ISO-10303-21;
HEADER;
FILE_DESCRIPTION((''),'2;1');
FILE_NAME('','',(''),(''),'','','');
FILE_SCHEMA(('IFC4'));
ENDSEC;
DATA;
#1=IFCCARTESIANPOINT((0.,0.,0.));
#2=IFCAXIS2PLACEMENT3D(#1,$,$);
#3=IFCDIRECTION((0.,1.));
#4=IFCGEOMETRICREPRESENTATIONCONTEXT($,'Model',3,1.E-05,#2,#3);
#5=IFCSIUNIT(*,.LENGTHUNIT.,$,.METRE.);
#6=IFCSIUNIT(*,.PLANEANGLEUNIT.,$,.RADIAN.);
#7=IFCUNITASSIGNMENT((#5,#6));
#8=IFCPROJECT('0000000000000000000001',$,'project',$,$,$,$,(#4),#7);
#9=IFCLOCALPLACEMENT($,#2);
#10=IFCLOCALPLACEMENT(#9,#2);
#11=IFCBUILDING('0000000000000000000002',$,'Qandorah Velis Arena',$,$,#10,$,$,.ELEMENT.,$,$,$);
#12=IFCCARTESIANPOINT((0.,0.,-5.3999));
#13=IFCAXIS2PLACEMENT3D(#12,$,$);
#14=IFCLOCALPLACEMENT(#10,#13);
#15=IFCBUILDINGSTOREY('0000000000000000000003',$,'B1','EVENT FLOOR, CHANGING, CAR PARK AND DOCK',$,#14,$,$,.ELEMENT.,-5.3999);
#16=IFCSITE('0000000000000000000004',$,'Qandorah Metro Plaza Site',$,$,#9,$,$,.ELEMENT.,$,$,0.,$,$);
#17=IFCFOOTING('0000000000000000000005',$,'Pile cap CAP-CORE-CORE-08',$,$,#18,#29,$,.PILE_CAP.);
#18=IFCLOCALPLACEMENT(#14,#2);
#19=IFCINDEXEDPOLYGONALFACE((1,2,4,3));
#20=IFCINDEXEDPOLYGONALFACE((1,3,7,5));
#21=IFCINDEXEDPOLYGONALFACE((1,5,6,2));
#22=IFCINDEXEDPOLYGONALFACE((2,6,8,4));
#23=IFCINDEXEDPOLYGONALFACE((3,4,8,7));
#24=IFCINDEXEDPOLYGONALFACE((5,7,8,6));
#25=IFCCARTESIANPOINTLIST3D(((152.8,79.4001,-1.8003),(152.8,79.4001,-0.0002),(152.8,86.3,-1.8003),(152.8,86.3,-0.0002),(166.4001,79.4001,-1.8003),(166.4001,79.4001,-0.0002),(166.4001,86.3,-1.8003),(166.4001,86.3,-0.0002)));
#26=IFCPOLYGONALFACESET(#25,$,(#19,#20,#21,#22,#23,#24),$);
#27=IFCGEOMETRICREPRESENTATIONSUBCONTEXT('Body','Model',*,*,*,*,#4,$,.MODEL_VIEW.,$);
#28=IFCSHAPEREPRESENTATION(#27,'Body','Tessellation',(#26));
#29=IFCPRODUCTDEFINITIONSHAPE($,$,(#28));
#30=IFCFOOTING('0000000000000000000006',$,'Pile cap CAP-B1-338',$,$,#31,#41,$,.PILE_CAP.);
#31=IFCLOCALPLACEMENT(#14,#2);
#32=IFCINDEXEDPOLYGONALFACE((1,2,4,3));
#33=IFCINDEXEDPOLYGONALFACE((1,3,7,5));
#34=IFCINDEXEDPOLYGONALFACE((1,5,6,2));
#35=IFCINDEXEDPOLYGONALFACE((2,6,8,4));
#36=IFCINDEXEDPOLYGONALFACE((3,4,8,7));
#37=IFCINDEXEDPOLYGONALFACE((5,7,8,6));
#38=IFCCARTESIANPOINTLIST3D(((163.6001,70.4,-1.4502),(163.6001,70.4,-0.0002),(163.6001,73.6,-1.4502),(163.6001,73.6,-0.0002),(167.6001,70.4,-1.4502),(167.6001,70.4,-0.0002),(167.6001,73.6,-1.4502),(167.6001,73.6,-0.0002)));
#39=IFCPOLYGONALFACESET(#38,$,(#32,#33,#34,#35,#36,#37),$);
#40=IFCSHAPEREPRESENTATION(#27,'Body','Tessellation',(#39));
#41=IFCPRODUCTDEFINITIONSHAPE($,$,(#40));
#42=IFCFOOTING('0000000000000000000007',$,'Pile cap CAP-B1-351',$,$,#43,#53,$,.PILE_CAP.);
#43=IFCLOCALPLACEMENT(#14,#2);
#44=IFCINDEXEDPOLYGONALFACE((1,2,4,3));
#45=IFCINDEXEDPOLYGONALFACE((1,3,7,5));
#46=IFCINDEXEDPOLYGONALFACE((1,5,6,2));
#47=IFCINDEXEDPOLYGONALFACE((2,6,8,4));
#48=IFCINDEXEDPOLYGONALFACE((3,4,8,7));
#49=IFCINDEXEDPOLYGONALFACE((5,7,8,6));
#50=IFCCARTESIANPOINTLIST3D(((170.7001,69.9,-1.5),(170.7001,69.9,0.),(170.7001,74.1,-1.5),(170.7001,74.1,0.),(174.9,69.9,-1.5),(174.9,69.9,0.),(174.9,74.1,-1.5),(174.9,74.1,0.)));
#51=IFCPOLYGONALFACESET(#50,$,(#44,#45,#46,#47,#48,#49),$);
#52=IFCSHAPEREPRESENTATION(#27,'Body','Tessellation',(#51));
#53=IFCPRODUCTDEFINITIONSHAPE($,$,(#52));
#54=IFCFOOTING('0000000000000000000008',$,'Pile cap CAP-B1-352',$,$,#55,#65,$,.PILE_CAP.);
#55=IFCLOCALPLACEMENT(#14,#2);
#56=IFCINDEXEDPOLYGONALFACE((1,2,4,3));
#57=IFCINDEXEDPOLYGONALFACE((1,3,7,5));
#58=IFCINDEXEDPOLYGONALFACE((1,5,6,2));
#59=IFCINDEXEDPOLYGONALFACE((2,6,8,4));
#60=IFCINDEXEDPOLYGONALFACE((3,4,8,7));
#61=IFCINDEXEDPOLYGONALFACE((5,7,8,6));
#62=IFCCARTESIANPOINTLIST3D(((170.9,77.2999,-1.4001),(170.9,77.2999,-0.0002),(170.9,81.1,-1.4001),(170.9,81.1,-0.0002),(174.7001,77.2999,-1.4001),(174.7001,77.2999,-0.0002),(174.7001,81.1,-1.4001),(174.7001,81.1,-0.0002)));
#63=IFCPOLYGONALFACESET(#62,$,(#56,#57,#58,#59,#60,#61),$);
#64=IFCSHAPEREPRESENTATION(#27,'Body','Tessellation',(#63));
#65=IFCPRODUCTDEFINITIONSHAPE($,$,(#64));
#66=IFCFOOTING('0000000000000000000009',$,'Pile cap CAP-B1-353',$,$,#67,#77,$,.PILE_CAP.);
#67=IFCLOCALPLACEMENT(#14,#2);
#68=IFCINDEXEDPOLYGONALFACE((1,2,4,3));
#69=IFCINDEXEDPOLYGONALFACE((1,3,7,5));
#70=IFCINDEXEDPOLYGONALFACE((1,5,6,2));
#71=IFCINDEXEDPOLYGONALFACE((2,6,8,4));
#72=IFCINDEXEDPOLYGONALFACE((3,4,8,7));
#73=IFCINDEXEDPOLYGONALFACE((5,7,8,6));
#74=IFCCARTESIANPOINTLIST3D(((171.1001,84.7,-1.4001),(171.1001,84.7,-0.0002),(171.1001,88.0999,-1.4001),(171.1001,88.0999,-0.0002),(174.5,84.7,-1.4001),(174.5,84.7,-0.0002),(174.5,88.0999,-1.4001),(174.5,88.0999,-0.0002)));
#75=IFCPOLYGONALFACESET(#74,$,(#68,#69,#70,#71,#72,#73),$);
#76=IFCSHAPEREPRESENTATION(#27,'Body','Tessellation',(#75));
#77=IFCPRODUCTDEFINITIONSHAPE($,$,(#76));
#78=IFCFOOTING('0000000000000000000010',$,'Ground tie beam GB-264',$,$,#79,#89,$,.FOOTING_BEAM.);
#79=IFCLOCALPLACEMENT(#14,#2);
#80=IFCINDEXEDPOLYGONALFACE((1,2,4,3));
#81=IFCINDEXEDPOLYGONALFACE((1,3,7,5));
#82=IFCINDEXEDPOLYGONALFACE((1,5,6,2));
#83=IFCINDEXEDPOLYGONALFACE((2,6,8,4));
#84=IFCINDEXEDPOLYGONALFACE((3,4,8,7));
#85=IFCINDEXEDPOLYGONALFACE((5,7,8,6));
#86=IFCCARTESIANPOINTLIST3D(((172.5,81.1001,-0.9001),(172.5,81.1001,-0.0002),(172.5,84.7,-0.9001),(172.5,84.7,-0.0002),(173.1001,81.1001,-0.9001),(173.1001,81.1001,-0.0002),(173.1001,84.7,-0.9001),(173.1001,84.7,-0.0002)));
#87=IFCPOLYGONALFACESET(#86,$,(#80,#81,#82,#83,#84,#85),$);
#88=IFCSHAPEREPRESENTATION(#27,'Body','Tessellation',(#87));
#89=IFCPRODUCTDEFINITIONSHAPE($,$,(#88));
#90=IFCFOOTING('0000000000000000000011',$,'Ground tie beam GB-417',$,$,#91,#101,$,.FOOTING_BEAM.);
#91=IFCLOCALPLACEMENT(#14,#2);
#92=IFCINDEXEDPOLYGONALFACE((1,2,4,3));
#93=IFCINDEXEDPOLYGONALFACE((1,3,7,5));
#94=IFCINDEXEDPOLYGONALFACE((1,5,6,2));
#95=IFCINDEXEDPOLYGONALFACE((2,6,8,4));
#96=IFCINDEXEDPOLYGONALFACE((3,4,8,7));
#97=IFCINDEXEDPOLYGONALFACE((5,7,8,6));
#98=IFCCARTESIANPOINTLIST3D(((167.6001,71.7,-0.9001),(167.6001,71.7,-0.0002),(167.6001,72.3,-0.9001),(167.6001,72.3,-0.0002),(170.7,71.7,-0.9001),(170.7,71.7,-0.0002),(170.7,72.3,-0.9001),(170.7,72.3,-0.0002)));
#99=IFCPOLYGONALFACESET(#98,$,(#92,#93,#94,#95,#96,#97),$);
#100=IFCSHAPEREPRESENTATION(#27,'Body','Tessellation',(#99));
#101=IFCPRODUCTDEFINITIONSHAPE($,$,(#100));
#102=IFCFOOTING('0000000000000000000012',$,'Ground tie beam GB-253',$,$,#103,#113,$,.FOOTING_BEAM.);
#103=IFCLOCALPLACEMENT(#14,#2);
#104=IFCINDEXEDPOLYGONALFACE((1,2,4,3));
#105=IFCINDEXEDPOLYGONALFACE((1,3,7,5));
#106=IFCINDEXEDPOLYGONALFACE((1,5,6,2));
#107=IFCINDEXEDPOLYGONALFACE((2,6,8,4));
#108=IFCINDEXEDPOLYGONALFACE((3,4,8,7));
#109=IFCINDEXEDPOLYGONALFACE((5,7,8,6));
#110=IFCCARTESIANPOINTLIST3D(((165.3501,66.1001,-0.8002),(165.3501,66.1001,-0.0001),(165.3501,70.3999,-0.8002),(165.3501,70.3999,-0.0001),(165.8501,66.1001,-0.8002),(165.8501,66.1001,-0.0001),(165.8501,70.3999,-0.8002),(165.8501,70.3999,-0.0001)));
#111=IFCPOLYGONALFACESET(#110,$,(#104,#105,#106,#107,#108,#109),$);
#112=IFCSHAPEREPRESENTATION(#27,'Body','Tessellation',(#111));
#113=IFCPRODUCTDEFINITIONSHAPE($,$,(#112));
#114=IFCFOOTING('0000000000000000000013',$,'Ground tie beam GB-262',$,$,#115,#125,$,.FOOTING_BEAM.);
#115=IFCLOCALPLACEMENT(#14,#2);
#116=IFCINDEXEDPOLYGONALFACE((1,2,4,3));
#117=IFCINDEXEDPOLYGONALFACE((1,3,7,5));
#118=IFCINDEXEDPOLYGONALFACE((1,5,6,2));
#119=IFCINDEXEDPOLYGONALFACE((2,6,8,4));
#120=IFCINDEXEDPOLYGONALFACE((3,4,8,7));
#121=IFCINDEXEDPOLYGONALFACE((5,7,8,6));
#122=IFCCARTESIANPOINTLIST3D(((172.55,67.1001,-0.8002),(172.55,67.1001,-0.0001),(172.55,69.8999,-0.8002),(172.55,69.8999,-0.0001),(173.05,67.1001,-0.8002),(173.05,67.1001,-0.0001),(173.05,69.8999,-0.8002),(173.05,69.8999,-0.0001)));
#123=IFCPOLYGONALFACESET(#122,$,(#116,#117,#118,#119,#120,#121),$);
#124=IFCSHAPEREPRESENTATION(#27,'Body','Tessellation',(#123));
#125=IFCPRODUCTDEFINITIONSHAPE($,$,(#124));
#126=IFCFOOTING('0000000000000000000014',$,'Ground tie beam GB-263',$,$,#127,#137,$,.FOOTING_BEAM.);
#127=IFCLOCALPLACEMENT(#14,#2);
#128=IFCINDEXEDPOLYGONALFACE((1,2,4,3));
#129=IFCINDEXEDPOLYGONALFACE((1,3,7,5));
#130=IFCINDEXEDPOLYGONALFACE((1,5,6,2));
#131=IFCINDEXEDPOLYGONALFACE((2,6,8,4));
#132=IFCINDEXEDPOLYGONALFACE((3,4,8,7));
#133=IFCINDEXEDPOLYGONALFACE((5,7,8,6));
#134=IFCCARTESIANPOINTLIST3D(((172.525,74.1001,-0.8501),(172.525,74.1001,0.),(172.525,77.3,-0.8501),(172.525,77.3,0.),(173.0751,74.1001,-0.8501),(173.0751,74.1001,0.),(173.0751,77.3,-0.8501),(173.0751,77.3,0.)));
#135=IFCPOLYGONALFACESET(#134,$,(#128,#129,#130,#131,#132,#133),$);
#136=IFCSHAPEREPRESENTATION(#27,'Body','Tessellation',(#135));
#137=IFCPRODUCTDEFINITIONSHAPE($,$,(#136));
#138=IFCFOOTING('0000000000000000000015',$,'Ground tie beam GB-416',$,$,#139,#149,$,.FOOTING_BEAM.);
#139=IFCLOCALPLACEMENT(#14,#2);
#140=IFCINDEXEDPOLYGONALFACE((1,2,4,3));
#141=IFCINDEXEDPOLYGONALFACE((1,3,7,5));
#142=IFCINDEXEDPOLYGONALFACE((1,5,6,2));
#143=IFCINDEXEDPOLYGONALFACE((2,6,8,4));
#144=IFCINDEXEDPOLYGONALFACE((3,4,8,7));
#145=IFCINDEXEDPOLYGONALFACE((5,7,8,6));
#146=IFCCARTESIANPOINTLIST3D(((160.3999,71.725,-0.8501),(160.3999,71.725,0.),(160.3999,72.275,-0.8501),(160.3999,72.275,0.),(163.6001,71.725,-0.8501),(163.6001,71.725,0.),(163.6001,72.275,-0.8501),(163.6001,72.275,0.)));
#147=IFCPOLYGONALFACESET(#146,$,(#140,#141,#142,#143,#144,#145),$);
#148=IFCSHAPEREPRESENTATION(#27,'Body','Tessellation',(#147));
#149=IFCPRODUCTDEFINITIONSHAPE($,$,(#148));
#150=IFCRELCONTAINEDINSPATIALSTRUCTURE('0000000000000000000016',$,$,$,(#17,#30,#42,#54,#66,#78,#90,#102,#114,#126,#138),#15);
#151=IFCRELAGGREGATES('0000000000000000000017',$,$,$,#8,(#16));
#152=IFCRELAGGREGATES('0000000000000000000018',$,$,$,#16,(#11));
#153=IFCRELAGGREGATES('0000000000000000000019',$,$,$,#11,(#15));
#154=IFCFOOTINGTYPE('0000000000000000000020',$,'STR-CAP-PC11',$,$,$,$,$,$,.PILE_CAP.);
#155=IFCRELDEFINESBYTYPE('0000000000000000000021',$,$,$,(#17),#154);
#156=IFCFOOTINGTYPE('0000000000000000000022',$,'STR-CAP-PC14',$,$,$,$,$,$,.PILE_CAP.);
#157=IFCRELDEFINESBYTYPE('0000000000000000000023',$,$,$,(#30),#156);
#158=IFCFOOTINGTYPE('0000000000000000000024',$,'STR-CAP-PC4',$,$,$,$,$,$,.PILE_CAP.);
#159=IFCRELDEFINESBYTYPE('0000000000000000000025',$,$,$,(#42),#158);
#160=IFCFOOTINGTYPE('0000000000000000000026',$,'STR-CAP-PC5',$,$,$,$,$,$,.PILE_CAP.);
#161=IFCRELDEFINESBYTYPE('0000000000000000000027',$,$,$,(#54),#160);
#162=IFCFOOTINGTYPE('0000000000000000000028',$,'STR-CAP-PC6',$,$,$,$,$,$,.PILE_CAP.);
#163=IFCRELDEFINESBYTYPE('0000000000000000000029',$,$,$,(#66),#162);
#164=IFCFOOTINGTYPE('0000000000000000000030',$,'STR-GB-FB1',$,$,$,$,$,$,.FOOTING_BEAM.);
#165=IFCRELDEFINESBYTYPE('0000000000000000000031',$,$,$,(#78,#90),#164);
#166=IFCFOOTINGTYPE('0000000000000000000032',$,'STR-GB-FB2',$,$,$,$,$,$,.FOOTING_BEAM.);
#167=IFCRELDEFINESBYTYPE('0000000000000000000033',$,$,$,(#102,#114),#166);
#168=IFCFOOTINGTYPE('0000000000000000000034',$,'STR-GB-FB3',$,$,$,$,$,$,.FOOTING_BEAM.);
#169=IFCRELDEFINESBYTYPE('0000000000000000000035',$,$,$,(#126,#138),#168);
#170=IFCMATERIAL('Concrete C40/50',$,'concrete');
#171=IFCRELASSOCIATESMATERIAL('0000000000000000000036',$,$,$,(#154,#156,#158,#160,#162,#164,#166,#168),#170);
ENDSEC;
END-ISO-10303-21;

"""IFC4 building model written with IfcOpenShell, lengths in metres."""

from ifc_helpers import new_model, si_unit, direction, frame, origin, origin_2d, place, context, subcontext, project, spatial, rectangle, extrude, material, material_profile, profile_set, type_object, element, save


model = new_model("IFC4")

# Units and contexts
model_context = context("Model", 3, precision=1e-05, world=origin(), true_north=direction((0.0, 1.0)))
body_context = subcontext(model_context, "Body", "Model", "MODEL_VIEW")
ifc_project = project(units=[si_unit("LENGTHUNIT", "METRE"), si_unit("PLANEANGLEUNIT", "RADIAN")], contexts=[model_context])

# Site, building, storey
site_placement = place(None, origin())
site = spatial("IfcSite", under=ifc_project, at=site_placement, Name="Qandorah Metro Plaza Site", CompositionType="ELEMENT", RefElevation=0.0)
building_placement = place(site_placement, origin())
building = spatial("IfcBuilding", under=site, at=building_placement, Name="Qandorah Velis Arena", CompositionType="ELEMENT")
storey_placement = place(building_placement, frame((0.0, 0.0, -5.3999)))
storey = spatial("IfcBuildingStorey", under=building, at=storey_placement, Name="B1", Description="EVENT FLOOR, CHANGING, CAR PARK AND DOCK", CompositionType="ELEMENT", Elevation=-5.3999)

# Footings
ifc_material_1 = material(Name="Concrete C40/50", Category="concrete")
footing_type_1 = type_object("IfcFootingType", Name="STR-CAP-PC11", PredefinedType="PILE_CAP", material=ifc_material_1)
footing_1_placement = place(storey_placement, frame((159.6001, 82.8501, -1.8003), z_axis=(0.0, 0.0, 1.0), x_axis=(1.0, 0.0, 0.0)))
element("IfcFooting", 1, at=footing_1_placement, inside=storey, type_object=footing_type_1, Name="Pile cap CAP-CORE-CORE-08", PredefinedType="PILE_CAP", context=body_context, shape_type="SweptSolid", body=[
    extrude(rectangle(XDim=13.6001, YDim=6.8999, at=origin_2d()), origin(), (0.0, 0.0, 1.0), 1.8),
])
footing_type_2 = type_object("IfcFootingType", Name="STR-CAP-PC14", PredefinedType="PILE_CAP", material=ifc_material_1)
footing_2_placement = place(storey_placement, frame((165.6001, 72.0, -1.4502), z_axis=(0.0, 0.0, 1.0), x_axis=(1.0, 0.0, 0.0)))
element("IfcFooting", 2, at=footing_2_placement, inside=storey, type_object=footing_type_2, Name="Pile cap CAP-B1-338", PredefinedType="PILE_CAP", context=body_context, shape_type="SweptSolid", body=[
    extrude(rectangle(XDim=4.0, YDim=3.2, at=origin_2d()), origin(), (0.0, 0.0, 1.0), 1.45),
])
footing_type_3 = type_object("IfcFootingType", Name="STR-CAP-PC4", PredefinedType="PILE_CAP", material=ifc_material_1)
footing_3_placement = place(storey_placement, frame((172.8, 72.0, -1.5), z_axis=(0.0, 0.0, 1.0), x_axis=(1.0, 0.0, 0.0)))
element("IfcFooting", 3, at=footing_3_placement, inside=storey, type_object=footing_type_3, Name="Pile cap CAP-B1-351", PredefinedType="PILE_CAP", context=body_context, shape_type="SweptSolid", body=[
    extrude(rectangle(XDim=4.2, YDim=4.2, at=origin_2d()), origin(), (0.0, 0.0, 1.0), 1.5),
])
footing_type_4 = type_object("IfcFootingType", Name="STR-CAP-PC5", PredefinedType="PILE_CAP", material=ifc_material_1)
footing_4_placement = place(storey_placement, frame((172.8, 79.2, -1.4001), z_axis=(0.0, 0.0, 1.0), x_axis=(1.0, 0.0, 0.0)))
element("IfcFooting", 4, at=footing_4_placement, inside=storey, type_object=footing_type_4, Name="Pile cap CAP-B1-352", PredefinedType="PILE_CAP", context=body_context, shape_type="SweptSolid", body=[
    extrude(rectangle(XDim=3.8, YDim=3.8, at=origin_2d()), origin(), (0.0, 0.0, 1.0), 1.3999),
])
footing_type_5 = type_object("IfcFootingType", Name="STR-CAP-PC6", PredefinedType="PILE_CAP", material=ifc_material_1)
footing_5_placement = place(storey_placement, frame((172.8, 86.3999, -1.4001), z_axis=(0.0, 0.0, 1.0), x_axis=(1.0, 0.0, 0.0)))
element("IfcFooting", 5, at=footing_5_placement, inside=storey, type_object=footing_type_5, Name="Pile cap CAP-B1-353", PredefinedType="PILE_CAP", context=body_context, shape_type="SweptSolid", body=[
    extrude(rectangle(XDim=3.3999, YDim=3.3999, at=origin_2d()), origin(), (0.0, 0.0, 1.0), 1.3999),
])
ifc_material_profile_1 = material_profile(ifc_material_1, rectangle(XDim=0.6001, YDim=0.8999, at=origin_2d()), Name="GB1 600x900")
ifc_profile_set_1 = profile_set([ifc_material_profile_1], Name="Concrete C40/50")
footing_type_6 = type_object("IfcFootingType", Name="STR-GB-FB1", PredefinedType="FOOTING_BEAM", material=ifc_profile_set_1)
footing_6_placement = place(storey_placement, frame((172.8, 81.1001, -0.4502), z_axis=(0.0, 1.0, 0.0), x_axis=(-1.0, 0.0, 0.0)))
element("IfcFooting", 6, at=footing_6_placement, inside=storey, type_object=footing_type_6, Name="Ground tie beam GB-264", PredefinedType="FOOTING_BEAM", context=body_context, shape_type="SweptSolid", body=[
    extrude(rectangle(XDim=0.6001, YDim=0.8999, at=origin_2d()), origin(), (0.0, 0.0, 1.0), 3.5999),
])
footing_7_placement = place(storey_placement, frame((167.6001, 72.0, -0.4502), z_axis=(1.0, 0.0, 0.0), x_axis=(0.0, 1.0, 0.0)))
element("IfcFooting", 7, at=footing_7_placement, inside=storey, type_object=footing_type_6, Name="Ground tie beam GB-417", PredefinedType="FOOTING_BEAM", context=body_context, shape_type="SweptSolid", body=[
    extrude(rectangle(XDim=0.6001, YDim=0.8999, at=origin_2d()), origin(), (0.0, 0.0, 1.0), 3.0999),
])
ifc_material_profile_2 = material_profile(ifc_material_1, rectangle(XDim=0.5, YDim=0.8, at=origin_2d()), Name="GB2 500x800")
ifc_profile_set_2 = profile_set([ifc_material_profile_2], Name="Concrete C40/50")
footing_type_7 = type_object("IfcFootingType", Name="STR-GB-FB2", PredefinedType="FOOTING_BEAM", material=ifc_profile_set_2)
footing_8_placement = place(storey_placement, frame((165.6001, 66.1001, -0.4001), z_axis=(0.0, 1.0, 0.0), x_axis=(-1.0, 0.0, 0.0)))
element("IfcFooting", 8, at=footing_8_placement, inside=storey, type_object=footing_type_7, Name="Ground tie beam GB-253", PredefinedType="FOOTING_BEAM", context=body_context, shape_type="SweptSolid", body=[
    extrude(rectangle(XDim=0.5, YDim=0.8, at=origin_2d()), origin(), (0.0, 0.0, 1.0), 4.2998),
])
footing_9_placement = place(storey_placement, frame((172.8, 67.1001, -0.4001), z_axis=(0.0, 1.0, 0.0), x_axis=(-1.0, 0.0, 0.0)))
element("IfcFooting", 9, at=footing_9_placement, inside=storey, type_object=footing_type_7, Name="Ground tie beam GB-262", PredefinedType="FOOTING_BEAM", context=body_context, shape_type="SweptSolid", body=[
    extrude(rectangle(XDim=0.5, YDim=0.8, at=origin_2d()), origin(), (0.0, 0.0, 1.0), 2.7998),
])
ifc_material_profile_3 = material_profile(ifc_material_1, rectangle(XDim=0.55, YDim=0.8501, at=origin_2d()), Name="GB3 550x850")
ifc_profile_set_3 = profile_set([ifc_material_profile_3], Name="Concrete C40/50")
footing_type_8 = type_object("IfcFootingType", Name="STR-GB-FB3", PredefinedType="FOOTING_BEAM", material=ifc_profile_set_3)
footing_10_placement = place(storey_placement, frame((172.8, 74.1001, -0.425), z_axis=(0.0, 1.0, 0.0), x_axis=(-1.0, 0.0, 0.0)))
element("IfcFooting", 10, at=footing_10_placement, inside=storey, type_object=footing_type_8, Name="Ground tie beam GB-263", PredefinedType="FOOTING_BEAM", context=body_context, shape_type="SweptSolid", body=[
    extrude(rectangle(XDim=0.55, YDim=0.8501, at=origin_2d()), origin(), (0.0, 0.0, 1.0), 3.2),
])
footing_11_placement = place(storey_placement, frame((160.3999, 72.0, -0.425), z_axis=(1.0, 0.0, 0.0), x_axis=(0.0, 1.0, 0.0)))
element("IfcFooting", 11, at=footing_11_placement, inside=storey, type_object=footing_type_8, Name="Ground tie beam GB-416", PredefinedType="FOOTING_BEAM", context=body_context, shape_type="SweptSolid", body=[
    extrude(rectangle(XDim=0.55, YDim=0.8501, at=origin_2d()), origin(), (0.0, 0.0, 1.0), 3.2002),
])

save(model, "model.ifc")
